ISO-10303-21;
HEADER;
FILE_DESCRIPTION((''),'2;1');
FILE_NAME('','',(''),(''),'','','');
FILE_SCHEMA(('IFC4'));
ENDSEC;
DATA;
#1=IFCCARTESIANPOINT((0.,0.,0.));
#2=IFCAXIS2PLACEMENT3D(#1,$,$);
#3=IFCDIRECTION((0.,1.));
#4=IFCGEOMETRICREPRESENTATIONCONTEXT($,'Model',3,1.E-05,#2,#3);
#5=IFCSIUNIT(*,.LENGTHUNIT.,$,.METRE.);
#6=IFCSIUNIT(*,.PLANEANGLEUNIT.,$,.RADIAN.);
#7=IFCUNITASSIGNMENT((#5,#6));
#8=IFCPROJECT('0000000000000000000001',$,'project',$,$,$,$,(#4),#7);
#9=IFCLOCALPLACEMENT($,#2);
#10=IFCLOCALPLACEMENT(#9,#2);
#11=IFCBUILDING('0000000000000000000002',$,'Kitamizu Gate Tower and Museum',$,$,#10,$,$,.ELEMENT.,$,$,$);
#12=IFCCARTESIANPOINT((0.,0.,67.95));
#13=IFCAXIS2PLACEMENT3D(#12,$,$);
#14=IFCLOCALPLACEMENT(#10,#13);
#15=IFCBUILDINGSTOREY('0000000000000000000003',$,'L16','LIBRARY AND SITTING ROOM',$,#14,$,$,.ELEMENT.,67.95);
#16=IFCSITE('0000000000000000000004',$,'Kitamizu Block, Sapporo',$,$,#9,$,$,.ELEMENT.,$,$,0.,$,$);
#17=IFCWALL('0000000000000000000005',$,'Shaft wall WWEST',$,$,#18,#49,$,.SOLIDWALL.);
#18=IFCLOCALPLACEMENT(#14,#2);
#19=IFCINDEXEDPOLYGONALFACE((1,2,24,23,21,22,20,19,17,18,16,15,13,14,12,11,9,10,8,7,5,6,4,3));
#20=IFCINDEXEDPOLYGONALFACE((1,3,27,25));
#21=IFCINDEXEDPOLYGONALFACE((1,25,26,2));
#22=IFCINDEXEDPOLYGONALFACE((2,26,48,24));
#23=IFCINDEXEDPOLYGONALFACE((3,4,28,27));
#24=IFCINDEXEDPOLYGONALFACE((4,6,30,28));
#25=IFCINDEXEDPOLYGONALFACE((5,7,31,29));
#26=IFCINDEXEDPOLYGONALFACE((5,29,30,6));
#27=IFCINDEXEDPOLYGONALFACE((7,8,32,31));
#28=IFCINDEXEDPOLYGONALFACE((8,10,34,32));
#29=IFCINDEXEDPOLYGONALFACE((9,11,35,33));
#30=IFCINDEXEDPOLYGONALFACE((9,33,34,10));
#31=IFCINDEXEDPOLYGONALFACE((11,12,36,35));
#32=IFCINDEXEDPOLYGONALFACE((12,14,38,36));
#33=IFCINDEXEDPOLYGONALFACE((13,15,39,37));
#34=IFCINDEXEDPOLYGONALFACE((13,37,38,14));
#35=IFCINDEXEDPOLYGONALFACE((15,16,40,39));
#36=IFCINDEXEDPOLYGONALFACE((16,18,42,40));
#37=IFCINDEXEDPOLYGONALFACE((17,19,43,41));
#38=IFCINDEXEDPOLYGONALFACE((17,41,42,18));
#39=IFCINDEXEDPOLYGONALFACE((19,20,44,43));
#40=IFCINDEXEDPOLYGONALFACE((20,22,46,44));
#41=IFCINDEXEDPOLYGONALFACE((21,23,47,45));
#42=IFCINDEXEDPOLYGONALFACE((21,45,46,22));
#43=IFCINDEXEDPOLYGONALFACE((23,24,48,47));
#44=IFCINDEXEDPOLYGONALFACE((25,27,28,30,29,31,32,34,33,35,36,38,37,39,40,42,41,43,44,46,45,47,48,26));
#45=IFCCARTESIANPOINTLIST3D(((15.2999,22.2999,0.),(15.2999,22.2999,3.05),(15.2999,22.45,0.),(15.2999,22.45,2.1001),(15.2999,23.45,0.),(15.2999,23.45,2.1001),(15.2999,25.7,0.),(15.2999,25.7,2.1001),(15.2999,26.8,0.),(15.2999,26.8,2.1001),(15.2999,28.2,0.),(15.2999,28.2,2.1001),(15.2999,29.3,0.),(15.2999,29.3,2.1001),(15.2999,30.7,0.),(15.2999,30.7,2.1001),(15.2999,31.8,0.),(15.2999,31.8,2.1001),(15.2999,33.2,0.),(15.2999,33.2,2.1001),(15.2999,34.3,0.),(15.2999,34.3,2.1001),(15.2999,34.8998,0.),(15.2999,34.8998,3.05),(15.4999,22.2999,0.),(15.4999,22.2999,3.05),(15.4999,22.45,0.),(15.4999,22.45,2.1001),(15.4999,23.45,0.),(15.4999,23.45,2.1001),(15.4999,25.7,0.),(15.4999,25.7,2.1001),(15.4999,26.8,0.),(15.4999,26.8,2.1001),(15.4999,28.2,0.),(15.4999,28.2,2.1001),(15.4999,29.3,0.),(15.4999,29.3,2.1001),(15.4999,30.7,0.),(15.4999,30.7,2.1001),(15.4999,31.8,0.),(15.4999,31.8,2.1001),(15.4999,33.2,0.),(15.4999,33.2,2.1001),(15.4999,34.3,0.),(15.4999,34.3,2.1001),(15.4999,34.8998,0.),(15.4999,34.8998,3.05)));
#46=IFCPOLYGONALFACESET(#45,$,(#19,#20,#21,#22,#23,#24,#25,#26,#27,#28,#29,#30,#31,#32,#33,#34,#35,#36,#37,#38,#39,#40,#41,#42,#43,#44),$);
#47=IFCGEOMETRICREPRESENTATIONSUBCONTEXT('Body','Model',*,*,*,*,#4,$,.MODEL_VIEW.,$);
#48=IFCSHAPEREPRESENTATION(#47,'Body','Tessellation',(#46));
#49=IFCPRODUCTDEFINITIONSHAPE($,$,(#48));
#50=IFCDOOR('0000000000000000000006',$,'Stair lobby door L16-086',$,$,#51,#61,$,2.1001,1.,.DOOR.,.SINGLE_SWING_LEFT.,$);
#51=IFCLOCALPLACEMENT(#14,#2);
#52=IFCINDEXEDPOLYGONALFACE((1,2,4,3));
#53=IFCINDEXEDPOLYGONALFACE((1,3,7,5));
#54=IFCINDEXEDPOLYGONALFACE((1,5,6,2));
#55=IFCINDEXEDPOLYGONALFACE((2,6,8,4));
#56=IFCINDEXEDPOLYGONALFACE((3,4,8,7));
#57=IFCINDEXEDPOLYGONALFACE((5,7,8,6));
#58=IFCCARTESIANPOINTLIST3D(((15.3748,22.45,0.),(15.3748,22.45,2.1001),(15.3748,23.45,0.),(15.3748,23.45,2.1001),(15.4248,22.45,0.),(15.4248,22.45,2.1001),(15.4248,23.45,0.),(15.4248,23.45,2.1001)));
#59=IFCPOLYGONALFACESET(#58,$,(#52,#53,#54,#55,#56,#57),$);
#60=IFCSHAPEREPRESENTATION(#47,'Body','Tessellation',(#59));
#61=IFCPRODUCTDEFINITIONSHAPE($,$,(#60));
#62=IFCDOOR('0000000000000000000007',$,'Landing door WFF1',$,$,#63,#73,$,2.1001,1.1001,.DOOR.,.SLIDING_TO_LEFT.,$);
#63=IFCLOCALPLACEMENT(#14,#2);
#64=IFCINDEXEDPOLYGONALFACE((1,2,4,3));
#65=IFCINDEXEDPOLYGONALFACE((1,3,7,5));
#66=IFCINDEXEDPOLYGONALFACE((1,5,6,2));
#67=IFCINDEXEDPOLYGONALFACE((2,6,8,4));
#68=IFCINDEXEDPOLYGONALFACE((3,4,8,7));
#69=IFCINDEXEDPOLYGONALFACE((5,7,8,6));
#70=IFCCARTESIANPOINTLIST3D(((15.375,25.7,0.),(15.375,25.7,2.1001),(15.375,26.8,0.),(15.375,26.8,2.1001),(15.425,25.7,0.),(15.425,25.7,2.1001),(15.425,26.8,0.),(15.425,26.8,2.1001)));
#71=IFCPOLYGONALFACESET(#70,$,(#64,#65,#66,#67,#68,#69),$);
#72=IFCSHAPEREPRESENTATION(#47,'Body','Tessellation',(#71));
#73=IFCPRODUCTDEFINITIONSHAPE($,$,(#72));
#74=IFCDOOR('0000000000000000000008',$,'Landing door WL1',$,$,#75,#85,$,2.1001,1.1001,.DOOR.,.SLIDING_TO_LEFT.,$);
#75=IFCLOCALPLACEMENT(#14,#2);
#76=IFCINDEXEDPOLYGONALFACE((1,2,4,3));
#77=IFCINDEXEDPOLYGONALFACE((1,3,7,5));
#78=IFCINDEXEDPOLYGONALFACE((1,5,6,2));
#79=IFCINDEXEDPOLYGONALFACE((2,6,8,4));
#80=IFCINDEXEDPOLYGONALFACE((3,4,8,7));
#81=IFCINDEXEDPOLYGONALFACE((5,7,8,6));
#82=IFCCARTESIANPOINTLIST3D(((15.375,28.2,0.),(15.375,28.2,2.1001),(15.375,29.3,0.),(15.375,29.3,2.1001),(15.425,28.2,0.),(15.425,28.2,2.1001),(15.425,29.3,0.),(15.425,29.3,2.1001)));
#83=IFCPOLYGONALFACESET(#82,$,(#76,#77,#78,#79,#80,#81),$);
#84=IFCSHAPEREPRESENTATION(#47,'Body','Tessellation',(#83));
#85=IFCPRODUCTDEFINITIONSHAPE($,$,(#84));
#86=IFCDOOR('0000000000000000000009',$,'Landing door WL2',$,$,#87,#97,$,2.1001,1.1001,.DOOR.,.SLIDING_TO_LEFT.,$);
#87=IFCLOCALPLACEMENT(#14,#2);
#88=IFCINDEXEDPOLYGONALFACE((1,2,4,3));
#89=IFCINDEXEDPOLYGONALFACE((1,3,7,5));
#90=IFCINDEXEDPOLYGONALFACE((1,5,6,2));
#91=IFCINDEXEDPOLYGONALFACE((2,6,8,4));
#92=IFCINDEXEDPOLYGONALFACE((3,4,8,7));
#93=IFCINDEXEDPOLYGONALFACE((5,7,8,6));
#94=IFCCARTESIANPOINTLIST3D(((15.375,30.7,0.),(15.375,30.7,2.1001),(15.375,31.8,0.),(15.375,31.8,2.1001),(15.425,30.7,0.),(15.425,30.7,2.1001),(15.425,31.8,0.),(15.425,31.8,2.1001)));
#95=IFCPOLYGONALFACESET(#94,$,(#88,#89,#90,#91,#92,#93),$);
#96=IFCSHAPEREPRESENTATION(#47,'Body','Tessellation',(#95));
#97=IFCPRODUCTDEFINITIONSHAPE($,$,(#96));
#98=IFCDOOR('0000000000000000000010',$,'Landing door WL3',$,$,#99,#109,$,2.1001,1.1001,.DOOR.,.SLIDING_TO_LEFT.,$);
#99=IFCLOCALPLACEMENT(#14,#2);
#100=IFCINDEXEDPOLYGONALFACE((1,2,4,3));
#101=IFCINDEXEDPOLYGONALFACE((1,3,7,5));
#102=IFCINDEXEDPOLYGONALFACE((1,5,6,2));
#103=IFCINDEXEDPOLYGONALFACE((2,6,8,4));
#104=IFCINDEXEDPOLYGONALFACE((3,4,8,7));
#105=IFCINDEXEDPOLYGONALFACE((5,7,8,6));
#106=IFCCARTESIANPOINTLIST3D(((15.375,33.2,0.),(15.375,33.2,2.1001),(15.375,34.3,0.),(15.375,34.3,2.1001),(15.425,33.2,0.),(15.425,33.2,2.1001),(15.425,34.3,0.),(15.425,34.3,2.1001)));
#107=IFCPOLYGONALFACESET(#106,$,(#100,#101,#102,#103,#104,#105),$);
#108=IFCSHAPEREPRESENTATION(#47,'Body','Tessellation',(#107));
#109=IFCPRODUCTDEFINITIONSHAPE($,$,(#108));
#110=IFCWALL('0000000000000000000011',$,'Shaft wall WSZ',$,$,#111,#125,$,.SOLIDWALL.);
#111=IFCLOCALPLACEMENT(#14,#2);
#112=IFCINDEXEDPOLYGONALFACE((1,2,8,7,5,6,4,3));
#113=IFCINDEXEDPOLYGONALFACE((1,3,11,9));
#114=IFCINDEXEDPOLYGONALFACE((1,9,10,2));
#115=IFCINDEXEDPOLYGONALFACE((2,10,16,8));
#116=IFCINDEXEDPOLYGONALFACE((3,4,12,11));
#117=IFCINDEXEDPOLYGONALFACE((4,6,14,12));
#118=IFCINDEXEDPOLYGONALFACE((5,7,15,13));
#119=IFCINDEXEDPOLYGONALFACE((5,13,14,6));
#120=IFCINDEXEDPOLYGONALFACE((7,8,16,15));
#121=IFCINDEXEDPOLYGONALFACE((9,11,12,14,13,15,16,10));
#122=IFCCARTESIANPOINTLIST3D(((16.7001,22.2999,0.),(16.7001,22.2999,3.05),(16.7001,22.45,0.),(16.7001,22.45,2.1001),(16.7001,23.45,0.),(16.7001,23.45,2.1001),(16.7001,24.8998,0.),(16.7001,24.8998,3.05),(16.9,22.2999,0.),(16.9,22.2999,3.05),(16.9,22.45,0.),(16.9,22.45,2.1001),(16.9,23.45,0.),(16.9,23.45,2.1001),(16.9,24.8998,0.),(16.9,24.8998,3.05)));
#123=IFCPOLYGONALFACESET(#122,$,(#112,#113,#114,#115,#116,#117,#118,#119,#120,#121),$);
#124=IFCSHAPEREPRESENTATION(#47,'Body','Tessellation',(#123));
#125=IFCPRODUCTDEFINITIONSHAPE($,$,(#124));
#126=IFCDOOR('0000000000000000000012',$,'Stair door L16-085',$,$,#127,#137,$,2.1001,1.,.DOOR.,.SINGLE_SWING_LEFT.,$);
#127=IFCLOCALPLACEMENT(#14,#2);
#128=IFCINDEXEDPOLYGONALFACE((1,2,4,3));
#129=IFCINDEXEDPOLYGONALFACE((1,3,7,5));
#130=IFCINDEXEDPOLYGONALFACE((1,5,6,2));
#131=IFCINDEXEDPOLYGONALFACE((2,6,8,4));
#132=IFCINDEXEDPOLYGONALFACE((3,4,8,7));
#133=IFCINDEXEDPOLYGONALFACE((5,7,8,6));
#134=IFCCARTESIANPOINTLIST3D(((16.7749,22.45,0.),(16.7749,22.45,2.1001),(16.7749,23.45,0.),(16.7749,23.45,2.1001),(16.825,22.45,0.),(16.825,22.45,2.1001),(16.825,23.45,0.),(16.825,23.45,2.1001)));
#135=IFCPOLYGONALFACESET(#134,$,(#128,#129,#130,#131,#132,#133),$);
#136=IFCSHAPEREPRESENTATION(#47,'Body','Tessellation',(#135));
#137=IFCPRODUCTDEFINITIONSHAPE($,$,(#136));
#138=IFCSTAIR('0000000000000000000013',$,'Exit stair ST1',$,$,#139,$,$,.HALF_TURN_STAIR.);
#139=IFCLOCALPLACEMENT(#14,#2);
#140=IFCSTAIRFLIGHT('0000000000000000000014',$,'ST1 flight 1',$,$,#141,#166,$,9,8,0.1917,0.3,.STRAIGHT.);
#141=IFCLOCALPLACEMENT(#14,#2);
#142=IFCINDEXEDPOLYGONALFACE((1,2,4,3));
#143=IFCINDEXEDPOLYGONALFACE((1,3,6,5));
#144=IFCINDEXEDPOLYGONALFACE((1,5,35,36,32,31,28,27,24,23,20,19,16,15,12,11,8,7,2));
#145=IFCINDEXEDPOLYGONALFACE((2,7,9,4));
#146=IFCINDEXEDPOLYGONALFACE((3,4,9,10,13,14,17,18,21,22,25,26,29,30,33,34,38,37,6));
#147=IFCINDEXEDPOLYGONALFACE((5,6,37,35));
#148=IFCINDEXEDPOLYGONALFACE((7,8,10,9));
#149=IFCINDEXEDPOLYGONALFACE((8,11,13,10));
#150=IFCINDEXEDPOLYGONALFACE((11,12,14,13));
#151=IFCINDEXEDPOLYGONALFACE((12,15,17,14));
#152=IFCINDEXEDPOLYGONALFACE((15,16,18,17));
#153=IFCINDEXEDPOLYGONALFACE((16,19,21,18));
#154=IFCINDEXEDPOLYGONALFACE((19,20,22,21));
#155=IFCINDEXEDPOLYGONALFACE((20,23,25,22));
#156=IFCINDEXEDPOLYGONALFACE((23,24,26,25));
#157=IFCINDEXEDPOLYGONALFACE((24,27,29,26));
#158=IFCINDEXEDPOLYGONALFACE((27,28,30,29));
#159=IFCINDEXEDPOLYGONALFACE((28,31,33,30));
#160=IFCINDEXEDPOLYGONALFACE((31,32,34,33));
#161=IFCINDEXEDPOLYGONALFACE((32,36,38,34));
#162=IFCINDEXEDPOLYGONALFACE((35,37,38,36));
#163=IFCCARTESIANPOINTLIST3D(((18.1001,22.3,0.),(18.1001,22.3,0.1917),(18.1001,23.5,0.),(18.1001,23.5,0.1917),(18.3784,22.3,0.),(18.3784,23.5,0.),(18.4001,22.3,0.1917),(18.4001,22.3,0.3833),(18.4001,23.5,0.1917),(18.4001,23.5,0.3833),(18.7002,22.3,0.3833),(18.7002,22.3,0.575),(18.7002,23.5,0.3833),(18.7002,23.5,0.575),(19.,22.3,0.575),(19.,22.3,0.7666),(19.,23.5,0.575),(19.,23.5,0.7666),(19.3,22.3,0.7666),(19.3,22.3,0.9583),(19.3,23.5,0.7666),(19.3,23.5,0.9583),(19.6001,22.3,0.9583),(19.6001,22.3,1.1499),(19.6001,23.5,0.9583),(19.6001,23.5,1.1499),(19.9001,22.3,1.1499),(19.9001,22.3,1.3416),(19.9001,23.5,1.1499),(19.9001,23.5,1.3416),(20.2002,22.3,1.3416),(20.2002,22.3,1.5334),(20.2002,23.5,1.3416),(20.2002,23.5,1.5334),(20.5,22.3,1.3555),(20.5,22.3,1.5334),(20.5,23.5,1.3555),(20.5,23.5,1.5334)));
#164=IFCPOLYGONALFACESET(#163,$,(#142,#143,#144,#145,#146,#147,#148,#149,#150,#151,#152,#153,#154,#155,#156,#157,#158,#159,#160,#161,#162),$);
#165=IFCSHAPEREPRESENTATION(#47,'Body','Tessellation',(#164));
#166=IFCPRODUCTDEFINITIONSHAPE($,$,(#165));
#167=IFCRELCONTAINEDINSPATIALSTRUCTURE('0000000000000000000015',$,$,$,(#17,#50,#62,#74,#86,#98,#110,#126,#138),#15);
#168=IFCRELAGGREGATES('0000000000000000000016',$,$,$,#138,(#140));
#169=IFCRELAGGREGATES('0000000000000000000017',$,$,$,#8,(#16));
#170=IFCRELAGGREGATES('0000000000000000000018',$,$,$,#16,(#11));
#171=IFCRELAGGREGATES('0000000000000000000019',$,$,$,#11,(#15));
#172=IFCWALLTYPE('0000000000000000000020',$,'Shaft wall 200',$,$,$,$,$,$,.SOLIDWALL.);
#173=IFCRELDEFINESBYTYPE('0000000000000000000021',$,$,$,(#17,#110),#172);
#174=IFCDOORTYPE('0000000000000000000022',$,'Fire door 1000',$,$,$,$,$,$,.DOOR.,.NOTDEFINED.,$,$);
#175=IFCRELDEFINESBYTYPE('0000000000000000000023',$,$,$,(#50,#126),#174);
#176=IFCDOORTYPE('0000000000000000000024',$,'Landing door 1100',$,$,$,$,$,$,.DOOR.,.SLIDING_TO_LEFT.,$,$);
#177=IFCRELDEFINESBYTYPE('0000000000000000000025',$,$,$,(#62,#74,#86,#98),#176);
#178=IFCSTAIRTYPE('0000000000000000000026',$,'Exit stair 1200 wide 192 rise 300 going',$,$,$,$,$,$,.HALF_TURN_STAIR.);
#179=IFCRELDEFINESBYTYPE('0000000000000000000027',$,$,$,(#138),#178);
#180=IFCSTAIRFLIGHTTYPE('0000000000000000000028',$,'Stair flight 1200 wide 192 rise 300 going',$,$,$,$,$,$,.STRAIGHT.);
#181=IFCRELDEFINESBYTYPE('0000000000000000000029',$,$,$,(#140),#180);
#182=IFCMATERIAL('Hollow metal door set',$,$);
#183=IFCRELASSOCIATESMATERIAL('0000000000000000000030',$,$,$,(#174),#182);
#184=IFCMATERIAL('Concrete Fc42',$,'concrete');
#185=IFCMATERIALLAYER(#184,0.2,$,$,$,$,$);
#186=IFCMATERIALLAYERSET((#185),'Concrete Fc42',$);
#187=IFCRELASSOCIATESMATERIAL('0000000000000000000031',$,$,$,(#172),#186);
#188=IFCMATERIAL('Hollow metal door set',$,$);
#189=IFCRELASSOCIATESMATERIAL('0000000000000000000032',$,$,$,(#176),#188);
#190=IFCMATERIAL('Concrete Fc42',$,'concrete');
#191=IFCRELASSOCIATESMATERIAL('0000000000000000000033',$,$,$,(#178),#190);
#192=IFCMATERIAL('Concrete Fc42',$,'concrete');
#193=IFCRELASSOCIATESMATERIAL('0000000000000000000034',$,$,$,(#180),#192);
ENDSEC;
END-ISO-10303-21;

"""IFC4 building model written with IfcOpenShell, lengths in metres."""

from ifc_helpers import new_model, si_unit, direction, frame, frame_2d, origin, place, context, subcontext, project, spatial, polyline, rectangle, outline, extrude, material, layer, layer_set, type_object, element, fill, aggregate, save


model = new_model("IFC4")

# Units and contexts
model_context = context("Model", 3, precision=1e-05, world=origin(), true_north=direction((0.0, 1.0)))
body_context = subcontext(model_context, "Body", "Model", "MODEL_VIEW")
ifc_project = project(units=[si_unit("LENGTHUNIT", "METRE"), si_unit("PLANEANGLEUNIT", "RADIAN")], contexts=[model_context])

# Site, building, storey
site_placement = place(None, origin())
site = spatial("IfcSite", under=ifc_project, at=site_placement, Name="Kitamizu Block, Sapporo", CompositionType="ELEMENT", RefElevation=0.0)
building_placement = place(site_placement, origin())
building = spatial("IfcBuilding", under=site, at=building_placement, Name="Kitamizu Gate Tower and Museum", CompositionType="ELEMENT")
storey_placement = place(building_placement, frame((0.0, 0.0, 67.95)))
storey = spatial("IfcBuildingStorey", under=building, at=storey_placement, Name="L16", Description="LIBRARY AND SITTING ROOM", CompositionType="ELEMENT", Elevation=67.95)

# Shared definitions
ifc_material_1 = material(Name="Hollow metal door set")
door_type_1 = type_object("IfcDoorType", Name="Fire door 1000", OperationType="NOTDEFINED", PredefinedType="DOOR", material=ifc_material_1)

# Wall, openings, doors
ifc_material_2 = material(Name="Concrete Fc42", Category="concrete")
ifc_layer_1 = layer(ifc_material_2, 0.2)
ifc_layer_set_1 = layer_set([ifc_layer_1], Name="Concrete Fc42")
wall_type_1 = type_object("IfcWallType", Name="Shaft wall 200", PredefinedType="SOLIDWALL", material=ifc_layer_set_1)
wall_1_placement = place(storey_placement, frame((15.3999, 22.3, 0.0), z_axis=(0.0, 0.0, 1.0), x_axis=(0.0, 1.0, 0.0)))
wall_1 = element("IfcWall", 1, at=wall_1_placement, inside=storey, type_object=wall_type_1, Name="Shaft wall WWEST", PredefinedType="SOLIDWALL", context=body_context, shape_type="SweptSolid", body=[
    extrude(rectangle(XDim=12.5999, YDim=0.2, at=frame_2d((6.2998, 0.0))), origin(), (0.0, 0.0, 1.0), 3.05),
])
opening_1_placement = place(wall_1_placement, frame((3.3999, 0.0, 0.0)))
opening_1 = element("IfcOpeningElement", 2, at=opening_1_placement, cuts=wall_1, PredefinedType="OPENING", context=body_context, shape_type="SweptSolid", body=[
    extrude(rectangle(XDim=1.1001, YDim=2.1001, at=frame_2d((0.55, 1.05))), frame((0.0, 0.1099, 0.0), z_axis=(0.0, -1.0, 0.0), x_axis=(1.0, 0.0, 0.0)), (0.0, 0.0, 1.0), 0.22),
])
opening_2_placement = place(wall_1_placement, frame((5.8999, 0.0, 0.0)))
opening_2 = element("IfcOpeningElement", 3, at=opening_2_placement, cuts=wall_1, PredefinedType="OPENING", context=body_context, shape_type="SweptSolid", body=[
    extrude(rectangle(XDim=1.1001, YDim=2.1001, at=frame_2d((0.55, 1.05))), frame((0.0, 0.1099, 0.0), z_axis=(0.0, -1.0, 0.0), x_axis=(1.0, 0.0, 0.0)), (0.0, 0.0, 1.0), 0.22),
])
opening_3_placement = place(wall_1_placement, frame((8.3999, 0.0, 0.0)))
opening_3 = element("IfcOpeningElement", 4, at=opening_3_placement, cuts=wall_1, PredefinedType="OPENING", context=body_context, shape_type="SweptSolid", body=[
    extrude(rectangle(XDim=1.1001, YDim=2.1001, at=frame_2d((0.55, 1.05))), frame((0.0, 0.1099, 0.0), z_axis=(0.0, -1.0, 0.0), x_axis=(1.0, 0.0, 0.0)), (0.0, 0.0, 1.0), 0.22),
])
opening_4_placement = place(wall_1_placement, frame((10.8999, 0.0, 0.0)))
opening_4 = element("IfcOpeningElement", 5, at=opening_4_placement, cuts=wall_1, PredefinedType="OPENING", context=body_context, shape_type="SweptSolid", body=[
    extrude(rectangle(XDim=1.1001, YDim=2.1001, at=frame_2d((0.55, 1.05))), frame((0.0, 0.1099, 0.0), z_axis=(0.0, -1.0, 0.0), x_axis=(1.0, 0.0, 0.0)), (0.0, 0.0, 1.0), 0.22),
])
opening_5_placement = place(wall_1_placement, frame((0.1499, 0.0, 0.0)))
opening_5 = element("IfcOpeningElement", 6, at=opening_5_placement, cuts=wall_1, PredefinedType="OPENING", context=body_context, shape_type="SweptSolid", body=[
    extrude(rectangle(XDim=1.0, YDim=2.1001, at=frame_2d((0.5, 1.05))), frame((0.0, 0.1099, 0.0), z_axis=(0.0, -1.0, 0.0), x_axis=(1.0, 0.0, 0.0)), (0.0, 0.0, 1.0), 0.22),
])
door_1_placement = place(opening_5_placement, frame((1.0, 0.0, 0.0), x_axis=(-1.0, 0.0, 0.0)))
door_1 = element("IfcDoor", 7, at=door_1_placement, inside=storey, type_object=door_type_1, Name="Stair lobby door L16-086", OperationType="SINGLE_SWING_LEFT", OverallHeight=2.1001, OverallWidth=1.0, PredefinedType="DOOR", context=body_context, shape_type="SweptSolid", body=[
    extrude(rectangle(XDim=1.0, YDim=2.1001, at=frame_2d((0.5, 1.05))), frame((0.0, 0.0249, 0.0), z_axis=(0.0, -1.0, 0.0), x_axis=(1.0, 0.0, 0.0)), (0.0, 0.0, 1.0), 0.05),
])
fill(opening_5, door_1)
ifc_material_3 = material(Name="Hollow metal door set")
door_type_2 = type_object("IfcDoorType", Name="Landing door 1100", OperationType="SLIDING_TO_LEFT", PredefinedType="DOOR", material=ifc_material_3)
door_2_placement = place(opening_1_placement, origin())
door_2 = element("IfcDoor", 8, at=door_2_placement, inside=storey, type_object=door_type_2, Name="Landing door WFF1", OperationType="SLIDING_TO_LEFT", OverallHeight=2.1001, OverallWidth=1.1001, PredefinedType="DOOR", context=body_context, shape_type="SweptSolid", body=[
    extrude(rectangle(XDim=1.1001, YDim=2.1001, at=frame_2d((0.55, 1.05))), frame((0.0, 0.0249, 0.0), z_axis=(0.0, -1.0, 0.0), x_axis=(1.0, 0.0, 0.0)), (0.0, 0.0, 1.0), 0.05),
])
fill(opening_1, door_2)
door_3_placement = place(opening_2_placement, origin())
door_3 = element("IfcDoor", 9, at=door_3_placement, inside=storey, type_object=door_type_2, Name="Landing door WL1", OperationType="SLIDING_TO_LEFT", OverallHeight=2.1001, OverallWidth=1.1001, PredefinedType="DOOR", context=body_context, shape_type="SweptSolid", body=[
    extrude(rectangle(XDim=1.1001, YDim=2.1001, at=frame_2d((0.55, 1.05))), frame((0.0, 0.0249, 0.0), z_axis=(0.0, -1.0, 0.0), x_axis=(1.0, 0.0, 0.0)), (0.0, 0.0, 1.0), 0.05),
])
fill(opening_2, door_3)
door_4_placement = place(opening_3_placement, origin())
door_4 = element("IfcDoor", 10, at=door_4_placement, inside=storey, type_object=door_type_2, Name="Landing door WL2", OperationType="SLIDING_TO_LEFT", OverallHeight=2.1001, OverallWidth=1.1001, PredefinedType="DOOR", context=body_context, shape_type="SweptSolid", body=[
    extrude(rectangle(XDim=1.1001, YDim=2.1001, at=frame_2d((0.55, 1.05))), frame((0.0, 0.0249, 0.0), z_axis=(0.0, -1.0, 0.0), x_axis=(1.0, 0.0, 0.0)), (0.0, 0.0, 1.0), 0.05),
])
fill(opening_3, door_4)
door_5_placement = place(opening_4_placement, origin())
door_5 = element("IfcDoor", 11, at=door_5_placement, inside=storey, type_object=door_type_2, Name="Landing door WL3", OperationType="SLIDING_TO_LEFT", OverallHeight=2.1001, OverallWidth=1.1001, PredefinedType="DOOR", context=body_context, shape_type="SweptSolid", body=[
    extrude(rectangle(XDim=1.1001, YDim=2.1001, at=frame_2d((0.55, 1.05))), frame((0.0, 0.0249, 0.0), z_axis=(0.0, -1.0, 0.0), x_axis=(1.0, 0.0, 0.0)), (0.0, 0.0, 1.0), 0.05),
])
fill(opening_4, door_5)

# Wall, opening, door
wall_2_placement = place(storey_placement, frame((16.8, 22.3, 0.0), z_axis=(0.0, 0.0, 1.0), x_axis=(0.0, 1.0, 0.0)))
wall_2 = element("IfcWall", 12, at=wall_2_placement, inside=storey, type_object=wall_type_1, Name="Shaft wall WSZ", PredefinedType="SOLIDWALL", context=body_context, shape_type="SweptSolid", body=[
    extrude(rectangle(XDim=2.5999, YDim=0.2, at=frame_2d((1.2998, 0.0))), origin(), (0.0, 0.0, 1.0), 3.05),
])
opening_6_placement = place(wall_2_placement, frame((0.1499, 0.0, 0.0)))
opening_6 = element("IfcOpeningElement", 13, at=opening_6_placement, cuts=wall_2, PredefinedType="OPENING", context=body_context, shape_type="SweptSolid", body=[
    extrude(rectangle(XDim=1.0, YDim=2.1001, at=frame_2d((0.5, 1.05))), frame((0.0, 0.1099, 0.0), z_axis=(0.0, -1.0, 0.0), x_axis=(1.0, 0.0, 0.0)), (0.0, 0.0, 1.0), 0.22),
])
door_6_placement = place(opening_6_placement, frame((1.0, 0.0, 0.0), x_axis=(-1.0, 0.0, 0.0)))
door_6 = element("IfcDoor", 14, at=door_6_placement, inside=storey, type_object=door_type_1, Name="Stair door L16-085", OperationType="SINGLE_SWING_LEFT", OverallHeight=2.1001, OverallWidth=1.0, PredefinedType="DOOR", context=body_context, shape_type="SweptSolid", body=[
    extrude(rectangle(XDim=1.0, YDim=2.1001, at=frame_2d((0.5, 1.05))), frame((0.0, 0.0249, 0.0), z_axis=(0.0, -1.0, 0.0), x_axis=(1.0, 0.0, 0.0)), (0.0, 0.0, 1.0), 0.05),
])
fill(opening_6, door_6)

# Stair, stair flight
ifc_material_4 = material(Name="Concrete Fc42", Category="concrete")
stair_type = type_object("IfcStairType", Name="Exit stair 1200 wide 192 rise 300 going", PredefinedType="HALF_TURN_STAIR", material=ifc_material_4)
stair_placement = place(storey_placement, origin())
stair = element("IfcStair", 15, at=stair_placement, inside=storey, type_object=stair_type, Name="Exit stair ST1", PredefinedType="HALF_TURN_STAIR")
ifc_material_5 = material(Name="Concrete Fc42", Category="concrete")
stair_flight_type = type_object("IfcStairFlightType", Name="Stair flight 1200 wide 192 rise 300 going", PredefinedType="STRAIGHT", material=ifc_material_5)
stair_flight_placement = place(storey_placement, frame((18.1001, 22.8999, 0.0), z_axis=(0.0, 0.0, 1.0), x_axis=(1.0, 0.0, 0.0)))
stair_flight = element("IfcStairFlight", 16, at=stair_flight_placement, type_object=stair_flight_type, Name="ST1 flight 1", NumberOfRisers=9, NumberOfTreads=8, PredefinedType="STRAIGHT", RiserHeight=0.1917, TreadLength=0.3, context=body_context, shape_type="SweptSolid", body=[
    extrude(outline(polyline([(0.0, 0.0), (0.0, 0.1917), (0.3, 0.1917), (0.3, 0.3833), (0.6001, 0.3833), (0.6001, 0.575), (0.8999, 0.575), (0.8999, 0.7666), (1.2, 0.7666), (1.2, 0.9583), (1.5, 0.9583), (1.5, 1.1499), (1.8, 1.1499), (1.8, 1.3416), (2.1001, 1.3416), (2.1001, 1.5334), (2.3999, 1.5334), (2.3999, 1.7251), (2.3999, 1.3555), (0.2783, 0.0), (0.0, 0.0)])), frame((0.0, 0.6001, 0.0), z_axis=(0.0, -1.0, 0.0), x_axis=(1.0, 0.0, 0.0)), (0.0, 0.0, 1.0), 1.2),
])
aggregate(stair, [stair_flight])

save(model, "model.ifc")
